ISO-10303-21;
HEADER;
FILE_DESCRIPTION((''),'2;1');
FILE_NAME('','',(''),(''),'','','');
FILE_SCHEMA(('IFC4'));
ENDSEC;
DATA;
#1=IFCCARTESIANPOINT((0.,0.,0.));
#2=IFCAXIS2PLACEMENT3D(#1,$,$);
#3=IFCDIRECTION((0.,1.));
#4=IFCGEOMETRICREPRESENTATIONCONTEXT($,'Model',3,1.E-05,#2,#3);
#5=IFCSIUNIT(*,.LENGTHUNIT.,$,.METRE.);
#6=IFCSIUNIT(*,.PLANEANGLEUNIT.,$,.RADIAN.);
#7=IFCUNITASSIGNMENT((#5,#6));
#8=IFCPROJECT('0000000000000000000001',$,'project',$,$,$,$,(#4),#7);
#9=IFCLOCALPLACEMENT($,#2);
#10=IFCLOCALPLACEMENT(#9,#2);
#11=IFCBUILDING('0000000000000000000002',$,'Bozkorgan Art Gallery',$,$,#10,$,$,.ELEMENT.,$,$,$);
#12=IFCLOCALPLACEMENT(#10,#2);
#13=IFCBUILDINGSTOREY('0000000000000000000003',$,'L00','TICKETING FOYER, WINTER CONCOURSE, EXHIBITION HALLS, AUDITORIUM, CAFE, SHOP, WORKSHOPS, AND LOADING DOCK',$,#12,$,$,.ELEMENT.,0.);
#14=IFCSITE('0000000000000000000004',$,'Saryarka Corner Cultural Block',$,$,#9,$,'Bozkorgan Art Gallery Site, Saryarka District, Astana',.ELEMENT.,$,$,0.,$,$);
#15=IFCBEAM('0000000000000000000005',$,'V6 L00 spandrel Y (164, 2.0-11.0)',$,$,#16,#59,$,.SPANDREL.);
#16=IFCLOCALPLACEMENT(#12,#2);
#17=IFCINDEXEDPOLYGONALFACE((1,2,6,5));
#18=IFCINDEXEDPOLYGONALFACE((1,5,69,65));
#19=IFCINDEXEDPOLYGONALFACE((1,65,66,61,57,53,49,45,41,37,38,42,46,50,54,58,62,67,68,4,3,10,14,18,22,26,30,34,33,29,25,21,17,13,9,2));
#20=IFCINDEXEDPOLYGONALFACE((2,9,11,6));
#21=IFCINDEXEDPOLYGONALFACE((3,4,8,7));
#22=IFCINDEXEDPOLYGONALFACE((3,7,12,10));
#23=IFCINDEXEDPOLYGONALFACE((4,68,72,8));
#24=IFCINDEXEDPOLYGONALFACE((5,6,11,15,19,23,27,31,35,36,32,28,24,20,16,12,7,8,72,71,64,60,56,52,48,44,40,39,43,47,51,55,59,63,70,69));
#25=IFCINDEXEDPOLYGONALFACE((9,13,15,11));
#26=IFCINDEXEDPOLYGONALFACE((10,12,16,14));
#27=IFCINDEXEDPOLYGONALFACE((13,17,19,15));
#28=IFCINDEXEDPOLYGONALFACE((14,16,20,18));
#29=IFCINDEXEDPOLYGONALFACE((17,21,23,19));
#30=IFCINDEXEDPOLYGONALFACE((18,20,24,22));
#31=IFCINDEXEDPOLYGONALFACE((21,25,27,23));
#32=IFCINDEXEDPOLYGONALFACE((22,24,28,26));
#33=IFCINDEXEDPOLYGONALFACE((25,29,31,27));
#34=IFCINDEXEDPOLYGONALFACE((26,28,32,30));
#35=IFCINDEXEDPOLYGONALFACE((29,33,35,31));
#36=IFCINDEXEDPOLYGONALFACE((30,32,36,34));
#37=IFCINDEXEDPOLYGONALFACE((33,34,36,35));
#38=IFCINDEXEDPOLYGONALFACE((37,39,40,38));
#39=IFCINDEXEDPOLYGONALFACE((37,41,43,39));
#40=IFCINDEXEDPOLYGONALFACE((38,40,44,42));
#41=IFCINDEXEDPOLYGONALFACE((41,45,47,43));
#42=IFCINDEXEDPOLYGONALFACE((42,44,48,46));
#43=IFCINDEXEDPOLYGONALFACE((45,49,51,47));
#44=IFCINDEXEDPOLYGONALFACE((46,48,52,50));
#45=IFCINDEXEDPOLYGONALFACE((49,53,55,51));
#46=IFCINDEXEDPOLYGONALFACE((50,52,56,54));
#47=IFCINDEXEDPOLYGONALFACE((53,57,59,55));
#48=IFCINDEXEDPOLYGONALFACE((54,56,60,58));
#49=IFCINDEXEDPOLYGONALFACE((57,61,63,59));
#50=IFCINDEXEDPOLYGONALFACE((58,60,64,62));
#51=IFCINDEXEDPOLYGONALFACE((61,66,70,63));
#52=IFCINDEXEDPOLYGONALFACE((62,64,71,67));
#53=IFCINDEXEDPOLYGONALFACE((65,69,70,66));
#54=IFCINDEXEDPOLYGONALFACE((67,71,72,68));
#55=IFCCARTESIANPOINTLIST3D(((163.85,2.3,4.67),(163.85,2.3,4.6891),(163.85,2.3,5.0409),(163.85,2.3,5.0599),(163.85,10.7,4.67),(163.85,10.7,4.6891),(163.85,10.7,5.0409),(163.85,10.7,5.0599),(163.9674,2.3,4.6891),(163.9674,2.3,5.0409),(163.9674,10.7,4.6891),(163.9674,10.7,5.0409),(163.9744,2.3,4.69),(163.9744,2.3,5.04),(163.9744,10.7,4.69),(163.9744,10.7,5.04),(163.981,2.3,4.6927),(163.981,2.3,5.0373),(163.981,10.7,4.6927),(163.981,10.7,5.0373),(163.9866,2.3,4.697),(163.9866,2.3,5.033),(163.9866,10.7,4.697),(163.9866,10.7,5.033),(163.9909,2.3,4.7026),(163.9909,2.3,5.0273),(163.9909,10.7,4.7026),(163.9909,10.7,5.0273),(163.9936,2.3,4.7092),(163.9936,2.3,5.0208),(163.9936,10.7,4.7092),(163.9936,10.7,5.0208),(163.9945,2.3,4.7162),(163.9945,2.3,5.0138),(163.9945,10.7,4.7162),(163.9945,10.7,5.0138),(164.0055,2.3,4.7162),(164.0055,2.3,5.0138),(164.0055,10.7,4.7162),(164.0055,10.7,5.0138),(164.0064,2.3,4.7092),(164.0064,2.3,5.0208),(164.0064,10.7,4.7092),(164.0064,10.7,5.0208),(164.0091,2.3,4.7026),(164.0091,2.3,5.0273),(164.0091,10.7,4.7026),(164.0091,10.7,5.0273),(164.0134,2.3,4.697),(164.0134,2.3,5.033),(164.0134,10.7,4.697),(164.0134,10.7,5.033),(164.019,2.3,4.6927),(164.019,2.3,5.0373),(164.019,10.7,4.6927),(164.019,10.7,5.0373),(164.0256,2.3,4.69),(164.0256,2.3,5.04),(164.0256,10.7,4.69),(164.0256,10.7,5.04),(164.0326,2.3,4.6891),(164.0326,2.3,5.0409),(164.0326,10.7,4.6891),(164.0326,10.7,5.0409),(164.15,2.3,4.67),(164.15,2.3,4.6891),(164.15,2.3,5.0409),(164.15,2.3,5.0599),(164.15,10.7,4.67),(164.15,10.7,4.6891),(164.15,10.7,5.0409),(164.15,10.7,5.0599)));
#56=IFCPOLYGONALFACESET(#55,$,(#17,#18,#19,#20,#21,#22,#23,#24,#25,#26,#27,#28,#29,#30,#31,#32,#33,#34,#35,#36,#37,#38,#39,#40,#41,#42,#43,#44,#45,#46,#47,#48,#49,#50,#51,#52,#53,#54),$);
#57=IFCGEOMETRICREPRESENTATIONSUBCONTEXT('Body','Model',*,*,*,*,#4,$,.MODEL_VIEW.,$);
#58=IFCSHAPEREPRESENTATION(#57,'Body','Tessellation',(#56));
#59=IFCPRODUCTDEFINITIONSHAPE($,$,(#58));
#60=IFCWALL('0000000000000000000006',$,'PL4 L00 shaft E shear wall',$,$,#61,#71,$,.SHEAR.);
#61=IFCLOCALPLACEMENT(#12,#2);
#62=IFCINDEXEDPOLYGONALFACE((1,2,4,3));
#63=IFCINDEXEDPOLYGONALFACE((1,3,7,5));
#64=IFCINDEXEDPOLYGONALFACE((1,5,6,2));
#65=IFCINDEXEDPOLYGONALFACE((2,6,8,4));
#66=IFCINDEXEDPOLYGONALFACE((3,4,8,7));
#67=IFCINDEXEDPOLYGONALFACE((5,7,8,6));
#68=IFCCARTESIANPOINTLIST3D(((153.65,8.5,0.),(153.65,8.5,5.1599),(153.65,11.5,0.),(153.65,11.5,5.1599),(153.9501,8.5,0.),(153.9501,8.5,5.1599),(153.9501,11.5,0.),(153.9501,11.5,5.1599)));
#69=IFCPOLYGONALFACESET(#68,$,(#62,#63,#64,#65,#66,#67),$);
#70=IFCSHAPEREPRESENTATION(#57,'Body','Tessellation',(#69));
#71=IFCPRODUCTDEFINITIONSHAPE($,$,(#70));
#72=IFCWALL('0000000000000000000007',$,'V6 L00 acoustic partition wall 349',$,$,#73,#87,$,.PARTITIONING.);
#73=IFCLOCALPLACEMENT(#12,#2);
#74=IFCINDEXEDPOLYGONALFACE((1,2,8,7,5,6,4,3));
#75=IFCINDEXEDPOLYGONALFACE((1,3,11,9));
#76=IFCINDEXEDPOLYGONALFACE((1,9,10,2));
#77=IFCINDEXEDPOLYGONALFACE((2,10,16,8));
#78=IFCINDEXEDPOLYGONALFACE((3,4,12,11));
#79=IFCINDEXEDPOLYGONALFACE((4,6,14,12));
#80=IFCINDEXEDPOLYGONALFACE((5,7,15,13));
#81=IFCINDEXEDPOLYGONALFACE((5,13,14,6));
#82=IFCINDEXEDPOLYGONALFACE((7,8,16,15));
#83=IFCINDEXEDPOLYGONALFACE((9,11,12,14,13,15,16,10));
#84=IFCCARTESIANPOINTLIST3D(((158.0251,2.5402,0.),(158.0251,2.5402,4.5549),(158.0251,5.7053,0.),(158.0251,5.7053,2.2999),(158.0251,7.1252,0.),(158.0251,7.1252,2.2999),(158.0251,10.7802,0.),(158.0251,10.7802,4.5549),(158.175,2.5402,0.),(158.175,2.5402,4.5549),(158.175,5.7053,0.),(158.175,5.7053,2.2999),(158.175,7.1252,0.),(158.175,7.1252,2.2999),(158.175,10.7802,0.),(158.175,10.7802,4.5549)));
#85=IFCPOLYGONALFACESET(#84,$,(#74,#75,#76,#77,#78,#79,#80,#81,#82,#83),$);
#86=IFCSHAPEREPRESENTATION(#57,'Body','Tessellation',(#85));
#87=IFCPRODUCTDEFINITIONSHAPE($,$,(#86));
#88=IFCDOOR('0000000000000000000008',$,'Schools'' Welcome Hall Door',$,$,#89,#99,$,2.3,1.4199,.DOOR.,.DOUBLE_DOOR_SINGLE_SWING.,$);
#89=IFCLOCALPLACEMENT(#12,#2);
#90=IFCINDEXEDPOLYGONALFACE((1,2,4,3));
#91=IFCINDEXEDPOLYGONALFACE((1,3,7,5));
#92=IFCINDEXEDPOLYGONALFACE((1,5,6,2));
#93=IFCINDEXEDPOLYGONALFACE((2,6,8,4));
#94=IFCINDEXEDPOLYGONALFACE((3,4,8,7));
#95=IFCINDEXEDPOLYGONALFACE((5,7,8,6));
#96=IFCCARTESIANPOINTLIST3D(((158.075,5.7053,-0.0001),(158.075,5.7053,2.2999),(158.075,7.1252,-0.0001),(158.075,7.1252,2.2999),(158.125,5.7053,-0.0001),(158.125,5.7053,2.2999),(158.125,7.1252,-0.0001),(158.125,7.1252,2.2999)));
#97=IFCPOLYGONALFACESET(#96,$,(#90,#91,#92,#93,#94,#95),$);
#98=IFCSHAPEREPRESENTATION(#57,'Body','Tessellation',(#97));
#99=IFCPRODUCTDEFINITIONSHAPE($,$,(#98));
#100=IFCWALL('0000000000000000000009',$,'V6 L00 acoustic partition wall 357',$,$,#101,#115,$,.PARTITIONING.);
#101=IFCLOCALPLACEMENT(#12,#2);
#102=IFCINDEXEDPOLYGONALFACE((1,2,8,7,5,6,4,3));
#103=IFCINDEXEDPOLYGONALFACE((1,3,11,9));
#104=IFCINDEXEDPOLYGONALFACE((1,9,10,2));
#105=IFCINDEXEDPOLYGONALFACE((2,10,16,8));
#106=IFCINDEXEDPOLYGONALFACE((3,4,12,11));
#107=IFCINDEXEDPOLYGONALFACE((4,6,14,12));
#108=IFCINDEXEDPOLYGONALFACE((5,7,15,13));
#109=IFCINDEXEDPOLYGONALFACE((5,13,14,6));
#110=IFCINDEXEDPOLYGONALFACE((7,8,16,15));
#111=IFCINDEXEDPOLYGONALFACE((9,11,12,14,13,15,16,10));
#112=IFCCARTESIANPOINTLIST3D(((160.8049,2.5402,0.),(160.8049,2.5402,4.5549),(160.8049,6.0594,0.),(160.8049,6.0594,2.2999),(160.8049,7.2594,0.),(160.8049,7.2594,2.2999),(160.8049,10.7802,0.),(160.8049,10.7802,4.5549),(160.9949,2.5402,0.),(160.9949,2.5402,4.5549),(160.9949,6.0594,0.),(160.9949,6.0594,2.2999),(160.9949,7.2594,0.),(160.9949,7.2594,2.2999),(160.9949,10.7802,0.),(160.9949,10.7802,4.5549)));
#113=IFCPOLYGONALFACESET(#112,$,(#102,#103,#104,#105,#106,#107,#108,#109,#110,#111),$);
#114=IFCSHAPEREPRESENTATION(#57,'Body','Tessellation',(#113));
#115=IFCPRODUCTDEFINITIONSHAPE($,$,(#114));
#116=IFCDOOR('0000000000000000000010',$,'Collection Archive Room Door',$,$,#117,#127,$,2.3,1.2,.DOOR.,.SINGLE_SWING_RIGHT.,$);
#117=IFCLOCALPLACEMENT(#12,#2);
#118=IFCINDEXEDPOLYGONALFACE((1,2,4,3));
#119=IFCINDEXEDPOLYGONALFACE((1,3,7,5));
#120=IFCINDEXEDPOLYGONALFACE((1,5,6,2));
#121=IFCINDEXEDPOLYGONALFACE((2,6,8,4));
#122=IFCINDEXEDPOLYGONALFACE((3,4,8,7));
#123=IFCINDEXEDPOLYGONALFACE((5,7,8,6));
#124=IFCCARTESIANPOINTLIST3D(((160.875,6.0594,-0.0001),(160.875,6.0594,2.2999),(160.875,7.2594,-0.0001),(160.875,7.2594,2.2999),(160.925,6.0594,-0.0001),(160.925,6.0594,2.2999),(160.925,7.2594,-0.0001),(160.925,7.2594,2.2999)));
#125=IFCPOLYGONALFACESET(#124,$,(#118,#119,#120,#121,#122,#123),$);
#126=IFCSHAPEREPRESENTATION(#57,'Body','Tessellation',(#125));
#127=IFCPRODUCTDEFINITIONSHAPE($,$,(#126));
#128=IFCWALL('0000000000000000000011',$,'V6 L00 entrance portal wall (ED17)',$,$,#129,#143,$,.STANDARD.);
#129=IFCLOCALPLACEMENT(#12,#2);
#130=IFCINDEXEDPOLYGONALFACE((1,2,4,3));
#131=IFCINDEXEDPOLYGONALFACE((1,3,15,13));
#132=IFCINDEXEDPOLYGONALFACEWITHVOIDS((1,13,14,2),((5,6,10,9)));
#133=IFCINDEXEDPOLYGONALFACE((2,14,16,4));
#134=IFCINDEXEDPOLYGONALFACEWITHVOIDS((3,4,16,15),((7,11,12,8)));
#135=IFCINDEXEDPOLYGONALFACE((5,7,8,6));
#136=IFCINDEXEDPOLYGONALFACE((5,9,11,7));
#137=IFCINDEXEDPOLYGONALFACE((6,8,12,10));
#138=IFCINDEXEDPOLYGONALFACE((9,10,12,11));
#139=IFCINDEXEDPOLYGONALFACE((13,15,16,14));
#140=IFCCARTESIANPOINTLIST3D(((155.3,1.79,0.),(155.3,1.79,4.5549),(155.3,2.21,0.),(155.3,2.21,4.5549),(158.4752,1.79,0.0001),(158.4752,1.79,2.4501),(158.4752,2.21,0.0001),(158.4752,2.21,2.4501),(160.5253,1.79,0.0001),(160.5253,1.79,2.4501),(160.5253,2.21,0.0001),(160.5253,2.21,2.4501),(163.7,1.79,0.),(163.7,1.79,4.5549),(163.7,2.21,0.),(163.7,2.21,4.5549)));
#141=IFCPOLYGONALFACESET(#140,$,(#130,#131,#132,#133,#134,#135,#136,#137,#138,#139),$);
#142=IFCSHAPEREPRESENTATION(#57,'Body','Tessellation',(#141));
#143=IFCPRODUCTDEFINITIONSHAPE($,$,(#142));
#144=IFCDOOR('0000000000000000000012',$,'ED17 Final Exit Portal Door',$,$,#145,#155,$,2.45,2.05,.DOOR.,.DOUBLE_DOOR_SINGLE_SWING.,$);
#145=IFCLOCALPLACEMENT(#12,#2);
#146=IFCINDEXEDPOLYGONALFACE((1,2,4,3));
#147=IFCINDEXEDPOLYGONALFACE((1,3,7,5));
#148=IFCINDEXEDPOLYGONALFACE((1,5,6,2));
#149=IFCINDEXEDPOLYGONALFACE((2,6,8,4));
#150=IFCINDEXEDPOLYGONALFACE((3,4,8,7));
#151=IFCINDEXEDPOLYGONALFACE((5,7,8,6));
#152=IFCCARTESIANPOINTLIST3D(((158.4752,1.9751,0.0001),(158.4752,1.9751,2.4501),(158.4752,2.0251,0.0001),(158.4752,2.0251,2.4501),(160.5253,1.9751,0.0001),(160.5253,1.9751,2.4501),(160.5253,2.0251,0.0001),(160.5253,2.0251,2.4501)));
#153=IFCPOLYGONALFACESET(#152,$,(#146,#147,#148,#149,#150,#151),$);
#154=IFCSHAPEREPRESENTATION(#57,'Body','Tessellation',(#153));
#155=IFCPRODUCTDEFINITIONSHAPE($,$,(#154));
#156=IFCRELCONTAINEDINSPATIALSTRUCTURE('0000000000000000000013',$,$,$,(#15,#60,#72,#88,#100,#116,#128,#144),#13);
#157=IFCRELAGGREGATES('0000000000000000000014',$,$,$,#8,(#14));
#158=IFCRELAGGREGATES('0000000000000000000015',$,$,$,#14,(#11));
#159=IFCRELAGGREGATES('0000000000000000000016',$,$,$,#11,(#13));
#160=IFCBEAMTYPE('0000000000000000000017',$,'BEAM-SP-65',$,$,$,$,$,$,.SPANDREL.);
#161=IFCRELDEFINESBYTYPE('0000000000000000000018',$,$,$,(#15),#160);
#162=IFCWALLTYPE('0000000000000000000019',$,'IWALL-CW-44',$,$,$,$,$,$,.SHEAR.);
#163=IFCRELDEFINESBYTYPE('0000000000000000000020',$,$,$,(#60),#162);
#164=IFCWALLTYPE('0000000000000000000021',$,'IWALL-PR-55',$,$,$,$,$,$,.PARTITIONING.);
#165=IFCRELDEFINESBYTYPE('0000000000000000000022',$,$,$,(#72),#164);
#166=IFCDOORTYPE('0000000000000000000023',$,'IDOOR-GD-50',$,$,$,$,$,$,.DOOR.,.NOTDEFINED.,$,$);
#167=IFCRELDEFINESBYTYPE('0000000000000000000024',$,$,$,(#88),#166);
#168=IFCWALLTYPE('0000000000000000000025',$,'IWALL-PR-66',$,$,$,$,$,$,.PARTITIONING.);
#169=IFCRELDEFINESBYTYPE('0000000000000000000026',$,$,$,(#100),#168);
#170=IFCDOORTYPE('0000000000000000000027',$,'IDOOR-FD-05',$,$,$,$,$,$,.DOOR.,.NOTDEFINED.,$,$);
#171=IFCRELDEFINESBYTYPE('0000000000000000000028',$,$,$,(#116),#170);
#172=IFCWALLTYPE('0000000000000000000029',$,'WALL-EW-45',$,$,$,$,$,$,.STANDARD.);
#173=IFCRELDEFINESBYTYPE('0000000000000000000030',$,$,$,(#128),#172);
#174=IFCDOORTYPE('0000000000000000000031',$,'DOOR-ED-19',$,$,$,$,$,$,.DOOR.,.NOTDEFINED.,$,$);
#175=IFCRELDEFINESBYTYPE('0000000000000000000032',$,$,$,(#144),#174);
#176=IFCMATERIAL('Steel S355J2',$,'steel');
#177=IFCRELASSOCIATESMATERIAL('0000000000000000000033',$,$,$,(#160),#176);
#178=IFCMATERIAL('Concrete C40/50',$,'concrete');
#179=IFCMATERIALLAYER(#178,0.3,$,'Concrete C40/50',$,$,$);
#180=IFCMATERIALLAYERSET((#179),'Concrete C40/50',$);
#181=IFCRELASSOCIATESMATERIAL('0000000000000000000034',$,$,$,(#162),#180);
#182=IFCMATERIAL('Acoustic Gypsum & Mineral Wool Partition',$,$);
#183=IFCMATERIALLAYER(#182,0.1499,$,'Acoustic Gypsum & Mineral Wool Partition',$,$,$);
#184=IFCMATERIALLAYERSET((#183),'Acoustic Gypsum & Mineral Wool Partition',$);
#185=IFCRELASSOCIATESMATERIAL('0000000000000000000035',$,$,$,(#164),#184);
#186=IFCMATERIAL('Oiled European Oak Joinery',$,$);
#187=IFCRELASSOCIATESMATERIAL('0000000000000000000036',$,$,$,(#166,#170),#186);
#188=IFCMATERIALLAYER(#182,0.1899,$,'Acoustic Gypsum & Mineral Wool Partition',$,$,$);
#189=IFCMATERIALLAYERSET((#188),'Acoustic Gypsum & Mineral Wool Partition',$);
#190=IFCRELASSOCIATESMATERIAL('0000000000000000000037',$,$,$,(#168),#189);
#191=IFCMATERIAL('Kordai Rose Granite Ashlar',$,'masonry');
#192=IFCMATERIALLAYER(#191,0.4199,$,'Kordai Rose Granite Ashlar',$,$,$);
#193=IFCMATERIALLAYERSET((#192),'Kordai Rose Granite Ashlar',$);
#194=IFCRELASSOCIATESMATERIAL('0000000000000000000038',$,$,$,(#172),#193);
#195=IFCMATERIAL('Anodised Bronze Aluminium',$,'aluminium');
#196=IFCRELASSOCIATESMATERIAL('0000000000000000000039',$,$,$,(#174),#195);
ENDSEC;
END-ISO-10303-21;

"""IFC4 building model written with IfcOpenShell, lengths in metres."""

from ifc_helpers import new_model, si_unit, direction, frame, frame_2d, origin, origin_2d, place, context, subcontext, project, spatial, rectangle, i_section, extrude, material, layer, layer_set, material_profile, profile_set, type_object, element, fill, save


model = new_model("IFC4")

# Units and contexts
model_context = context("Model", 3, precision=1e-05, world=origin(), true_north=direction((0.0, 1.0)))
body_context = subcontext(model_context, "Body", "Model", "MODEL_VIEW")
ifc_project = project(units=[si_unit("LENGTHUNIT", "METRE"), si_unit("PLANEANGLEUNIT", "RADIAN")], contexts=[model_context])

# Site, building, storey
site_placement = place(None, origin())
site = spatial("IfcSite", under=ifc_project, at=site_placement, Name="Saryarka Corner Cultural Block", LongName="Bozkorgan Art Gallery Site, Saryarka District, Astana", CompositionType="ELEMENT", RefElevation=0.0)
building_placement = place(site_placement, origin())
building = spatial("IfcBuilding", under=site, at=building_placement, Name="Bozkorgan Art Gallery", CompositionType="ELEMENT")
storey_placement = place(building_placement, origin())
storey = spatial("IfcBuildingStorey", under=building, at=storey_placement, Name="L00", Description="TICKETING FOYER, WINTER CONCOURSE, EXHIBITION HALLS, AUDITORIUM, CAFE, SHOP, WORKSHOPS, AND LOADING DOCK", CompositionType="ELEMENT", Elevation=0.0)

# Shared definitions
ifc_material_1 = material(Name="Concrete C40/50", Category="concrete")

# Beam
ifc_material_2 = material(Name="Steel S355J2", Category="steel")
ifc_material_profile_1 = material_profile(ifc_material_2, i_section(OverallWidth=0.3, OverallDepth=0.3899, WebThickness=0.011, FlangeThickness=0.019, FilletRadius=0.0271, at=origin_2d()), Name="HEA 400")
ifc_profile_set_1 = profile_set([ifc_material_profile_1], Name="Steel S355J2")
beam_type_1 = type_object("IfcBeamType", Name="BEAM-SP-65", PredefinedType="SPANDREL", material=ifc_profile_set_1)
for number, where, z_axis, x_axis, name in (
    (1, (164.0, 2.3, 4.865), (0.0, 1.0, 0.0), (-1.0, 0.0, 0.0), "V6 L00 spandrel Y (164, 2.0-11.0)"),
):
    element("IfcBeam", number, at=place(storey_placement, frame(where, z_axis=z_axis, x_axis=x_axis)), inside=storey, type_object=beam_type_1, Name=name, PredefinedType="SPANDREL", context=body_context, shape_type="SweptSolid", body=[
        extrude(i_section(OverallWidth=0.3, OverallDepth=0.3899, WebThickness=0.011, FlangeThickness=0.019, FilletRadius=0.0271, at=origin_2d()), origin(), (0.0, 0.0, 1.0), 8.3999),
    ])

# Wall
ifc_layer_1 = layer(ifc_material_1, 0.3, Name="Concrete C40/50")
ifc_layer_set_1 = layer_set([ifc_layer_1], Name="Concrete C40/50")
wall_type_1 = type_object("IfcWallType", Name="IWALL-CW-44", PredefinedType="SHEAR", material=ifc_layer_set_1)
wall_1_placement = place(storey_placement, frame((153.8, 8.5, 0.0), z_axis=(0.0, 0.0, 1.0), x_axis=(0.0, 1.0, 0.0)))
element("IfcWall", 2, at=wall_1_placement, inside=storey, type_object=wall_type_1, Name="PL4 L00 shaft E shear wall", PredefinedType="SHEAR", context=body_context, shape_type="SweptSolid", body=[
    extrude(rectangle(XDim=3.0, YDim=0.3, at=frame_2d((1.5, 0.0))), origin(), (0.0, 0.0, 1.0), 5.1599),
])

# Walls, openings, doors
ifc_material_3 = material(Name="Acoustic Gypsum & Mineral Wool Partition")
ifc_layer_2 = layer(ifc_material_3, 0.1499, Name="Acoustic Gypsum & Mineral Wool Partition")
ifc_layer_set_2 = layer_set([ifc_layer_2], Name="Acoustic Gypsum & Mineral Wool Partition")
wall_type_2 = type_object("IfcWallType", Name="IWALL-PR-55", PredefinedType="PARTITIONING", material=ifc_layer_set_2)
wall_2_placement = place(storey_placement, frame((158.1001, 2.54, 0.0), z_axis=(0.0, 0.0, 1.0), x_axis=(0.0, 1.0, 0.0)))
wall_2 = element("IfcWall", 3, at=wall_2_placement, inside=storey, type_object=wall_type_2, Name="V6 L00 acoustic partition wall 349", PredefinedType="PARTITIONING", context=body_context, shape_type="SweptSolid", body=[
    extrude(rectangle(XDim=8.24, YDim=0.1499, at=frame_2d((4.1201, 0.0))), origin(), (0.0, 0.0, 1.0), 4.5549),
])
opening_1_placement = place(wall_2_placement, frame((4.5852, 0.0, 0.0), z_axis=(0.0, 0.0, 1.0), x_axis=(-1.0, 0.0, 0.0)))
opening_1 = element("IfcOpeningElement", 4, at=opening_1_placement, cuts=wall_2, PredefinedType="OPENING", context=body_context, shape_type="SweptSolid", body=[
    extrude(rectangle(XDim=1.4199, YDim=2.3, at=frame_2d((0.71, 1.1499))), frame((0.0, 0.085, 0.0), z_axis=(0.0, -1.0, 0.0), x_axis=(1.0, 0.0, 0.0)), (0.0, 0.0, 1.0), 0.1699),
])
ifc_material_4 = material(Name="Oiled European Oak Joinery")
door_type_1 = type_object("IfcDoorType", Name="IDOOR-GD-50", OperationType="NOTDEFINED", PredefinedType="DOOR", material=ifc_material_4)
door_1_placement = place(opening_1_placement, origin())
door_1 = element("IfcDoor", 5, at=door_1_placement, inside=storey, type_object=door_type_1, Name="Schools' Welcome Hall Door", OperationType="DOUBLE_DOOR_SINGLE_SWING", OverallHeight=2.3, OverallWidth=1.4199, PredefinedType="DOOR", context=body_context, shape_type="SweptSolid", body=[
    extrude(rectangle(XDim=1.4199, YDim=2.3, at=frame_2d((0.71, 1.1499))), frame((0.0, 0.0249, 0.0), z_axis=(0.0, -1.0, 0.0), x_axis=(1.0, 0.0, 0.0)), (0.0, 0.0, 1.0), 0.05),
])
fill(opening_1, door_1)
ifc_layer_3 = layer(ifc_material_3, 0.1899, Name="Acoustic Gypsum & Mineral Wool Partition")
ifc_layer_set_3 = layer_set([ifc_layer_3], Name="Acoustic Gypsum & Mineral Wool Partition")
wall_type_3 = type_object("IfcWallType", Name="IWALL-PR-66", PredefinedType="PARTITIONING", material=ifc_layer_set_3)
wall_3_placement = place(storey_placement, frame((160.8999, 2.54, 0.0), z_axis=(0.0, 0.0, 1.0), x_axis=(0.0, 1.0, 0.0)))
wall_3 = element("IfcWall", 6, at=wall_3_placement, inside=storey, type_object=wall_type_3, Name="V6 L00 acoustic partition wall 357", PredefinedType="PARTITIONING", context=body_context, shape_type="SweptSolid", body=[
    extrude(rectangle(XDim=8.24, YDim=0.1899, at=frame_2d((4.1201, 0.0))), origin(), (0.0, 0.0, 1.0), 4.5549),
])
opening_2_placement = place(wall_3_placement, frame((3.5193, 0.0, 0.0)))
opening_2 = element("IfcOpeningElement", 7, at=opening_2_placement, cuts=wall_3, PredefinedType="OPENING", context=body_context, shape_type="SweptSolid", body=[
    extrude(rectangle(XDim=1.2, YDim=2.3, at=frame_2d((0.6001, 1.1499))), frame((0.0, 0.105, 0.0), z_axis=(0.0, -1.0, 0.0), x_axis=(1.0, 0.0, 0.0)), (0.0, 0.0, 1.0), 0.21),
])
door_type_2 = type_object("IfcDoorType", Name="IDOOR-FD-05", OperationType="NOTDEFINED", PredefinedType="DOOR", material=ifc_material_4)
door_2_placement = place(opening_2_placement, origin())
door_2 = element("IfcDoor", 8, at=door_2_placement, inside=storey, type_object=door_type_2, Name="Collection Archive Room Door", OperationType="SINGLE_SWING_RIGHT", OverallHeight=2.3, OverallWidth=1.2, PredefinedType="DOOR", context=body_context, shape_type="SweptSolid", body=[
    extrude(rectangle(XDim=1.2, YDim=2.3, at=frame_2d((0.6001, 1.1499))), frame((0.0, 0.0249, 0.0), z_axis=(0.0, -1.0, 0.0), x_axis=(1.0, 0.0, 0.0)), (0.0, 0.0, 1.0), 0.05),
])
fill(opening_2, door_2)
ifc_material_5 = material(Name="Kordai Rose Granite Ashlar", Category="masonry")
ifc_layer_4 = layer(ifc_material_5, 0.4199, Name="Kordai Rose Granite Ashlar")
ifc_layer_set_4 = layer_set([ifc_layer_4], Name="Kordai Rose Granite Ashlar")
wall_type_4 = type_object("IfcWallType", Name="WALL-EW-45", PredefinedType="STANDARD", material=ifc_layer_set_4)
wall_4_placement = place(storey_placement, frame((155.3, 2.0, 0.0), z_axis=(0.0, 0.0, 1.0), x_axis=(1.0, 0.0, 0.0)))
wall_4 = element("IfcWall", 9, at=wall_4_placement, inside=storey, type_object=wall_type_4, Name="V6 L00 entrance portal wall (ED17)", PredefinedType="STANDARD", context=body_context, shape_type="SweptSolid", body=[
    extrude(rectangle(XDim=8.3999, YDim=0.4199, at=frame_2d((4.2, 0.0))), origin(), (0.0, 0.0, 1.0), 4.5549),
])
opening_3_placement = place(wall_4_placement, frame((5.2251, 0.0, 0.0), z_axis=(0.0, 0.0, 1.0), x_axis=(-1.0, 0.0, 0.0)))
opening_3 = element("IfcOpeningElement", 10, at=opening_3_placement, cuts=wall_4, PredefinedType="OPENING", context=body_context, shape_type="SweptSolid", body=[
    extrude(rectangle(XDim=2.05, YDim=2.45, at=frame_2d((1.0249, 1.2251))), frame((0.0, 0.22, 0.0), z_axis=(0.0, -1.0, 0.0), x_axis=(1.0, 0.0, 0.0)), (0.0, 0.0, 1.0), 0.4399),
])
ifc_material_6 = material(Name="Anodised Bronze Aluminium", Category="aluminium")
door_type_3 = type_object("IfcDoorType", Name="DOOR-ED-19", OperationType="NOTDEFINED", PredefinedType="DOOR", material=ifc_material_6)
door_3_placement = place(opening_3_placement, origin())
door_3 = element("IfcDoor", 11, at=door_3_placement, inside=storey, type_object=door_type_3, Name="ED17 Final Exit Portal Door", OperationType="DOUBLE_DOOR_SINGLE_SWING", OverallHeight=2.45, OverallWidth=2.05, PredefinedType="DOOR", context=body_context, shape_type="SweptSolid", body=[
    extrude(rectangle(XDim=2.05, YDim=2.45, at=frame_2d((1.0249, 1.2251))), frame((0.0, 0.0249, 0.0), z_axis=(0.0, -1.0, 0.0), x_axis=(1.0, 0.0, 0.0)), (0.0, 0.0, 1.0), 0.05),
])
fill(opening_3, door_3)

save(model, "model.ifc")
